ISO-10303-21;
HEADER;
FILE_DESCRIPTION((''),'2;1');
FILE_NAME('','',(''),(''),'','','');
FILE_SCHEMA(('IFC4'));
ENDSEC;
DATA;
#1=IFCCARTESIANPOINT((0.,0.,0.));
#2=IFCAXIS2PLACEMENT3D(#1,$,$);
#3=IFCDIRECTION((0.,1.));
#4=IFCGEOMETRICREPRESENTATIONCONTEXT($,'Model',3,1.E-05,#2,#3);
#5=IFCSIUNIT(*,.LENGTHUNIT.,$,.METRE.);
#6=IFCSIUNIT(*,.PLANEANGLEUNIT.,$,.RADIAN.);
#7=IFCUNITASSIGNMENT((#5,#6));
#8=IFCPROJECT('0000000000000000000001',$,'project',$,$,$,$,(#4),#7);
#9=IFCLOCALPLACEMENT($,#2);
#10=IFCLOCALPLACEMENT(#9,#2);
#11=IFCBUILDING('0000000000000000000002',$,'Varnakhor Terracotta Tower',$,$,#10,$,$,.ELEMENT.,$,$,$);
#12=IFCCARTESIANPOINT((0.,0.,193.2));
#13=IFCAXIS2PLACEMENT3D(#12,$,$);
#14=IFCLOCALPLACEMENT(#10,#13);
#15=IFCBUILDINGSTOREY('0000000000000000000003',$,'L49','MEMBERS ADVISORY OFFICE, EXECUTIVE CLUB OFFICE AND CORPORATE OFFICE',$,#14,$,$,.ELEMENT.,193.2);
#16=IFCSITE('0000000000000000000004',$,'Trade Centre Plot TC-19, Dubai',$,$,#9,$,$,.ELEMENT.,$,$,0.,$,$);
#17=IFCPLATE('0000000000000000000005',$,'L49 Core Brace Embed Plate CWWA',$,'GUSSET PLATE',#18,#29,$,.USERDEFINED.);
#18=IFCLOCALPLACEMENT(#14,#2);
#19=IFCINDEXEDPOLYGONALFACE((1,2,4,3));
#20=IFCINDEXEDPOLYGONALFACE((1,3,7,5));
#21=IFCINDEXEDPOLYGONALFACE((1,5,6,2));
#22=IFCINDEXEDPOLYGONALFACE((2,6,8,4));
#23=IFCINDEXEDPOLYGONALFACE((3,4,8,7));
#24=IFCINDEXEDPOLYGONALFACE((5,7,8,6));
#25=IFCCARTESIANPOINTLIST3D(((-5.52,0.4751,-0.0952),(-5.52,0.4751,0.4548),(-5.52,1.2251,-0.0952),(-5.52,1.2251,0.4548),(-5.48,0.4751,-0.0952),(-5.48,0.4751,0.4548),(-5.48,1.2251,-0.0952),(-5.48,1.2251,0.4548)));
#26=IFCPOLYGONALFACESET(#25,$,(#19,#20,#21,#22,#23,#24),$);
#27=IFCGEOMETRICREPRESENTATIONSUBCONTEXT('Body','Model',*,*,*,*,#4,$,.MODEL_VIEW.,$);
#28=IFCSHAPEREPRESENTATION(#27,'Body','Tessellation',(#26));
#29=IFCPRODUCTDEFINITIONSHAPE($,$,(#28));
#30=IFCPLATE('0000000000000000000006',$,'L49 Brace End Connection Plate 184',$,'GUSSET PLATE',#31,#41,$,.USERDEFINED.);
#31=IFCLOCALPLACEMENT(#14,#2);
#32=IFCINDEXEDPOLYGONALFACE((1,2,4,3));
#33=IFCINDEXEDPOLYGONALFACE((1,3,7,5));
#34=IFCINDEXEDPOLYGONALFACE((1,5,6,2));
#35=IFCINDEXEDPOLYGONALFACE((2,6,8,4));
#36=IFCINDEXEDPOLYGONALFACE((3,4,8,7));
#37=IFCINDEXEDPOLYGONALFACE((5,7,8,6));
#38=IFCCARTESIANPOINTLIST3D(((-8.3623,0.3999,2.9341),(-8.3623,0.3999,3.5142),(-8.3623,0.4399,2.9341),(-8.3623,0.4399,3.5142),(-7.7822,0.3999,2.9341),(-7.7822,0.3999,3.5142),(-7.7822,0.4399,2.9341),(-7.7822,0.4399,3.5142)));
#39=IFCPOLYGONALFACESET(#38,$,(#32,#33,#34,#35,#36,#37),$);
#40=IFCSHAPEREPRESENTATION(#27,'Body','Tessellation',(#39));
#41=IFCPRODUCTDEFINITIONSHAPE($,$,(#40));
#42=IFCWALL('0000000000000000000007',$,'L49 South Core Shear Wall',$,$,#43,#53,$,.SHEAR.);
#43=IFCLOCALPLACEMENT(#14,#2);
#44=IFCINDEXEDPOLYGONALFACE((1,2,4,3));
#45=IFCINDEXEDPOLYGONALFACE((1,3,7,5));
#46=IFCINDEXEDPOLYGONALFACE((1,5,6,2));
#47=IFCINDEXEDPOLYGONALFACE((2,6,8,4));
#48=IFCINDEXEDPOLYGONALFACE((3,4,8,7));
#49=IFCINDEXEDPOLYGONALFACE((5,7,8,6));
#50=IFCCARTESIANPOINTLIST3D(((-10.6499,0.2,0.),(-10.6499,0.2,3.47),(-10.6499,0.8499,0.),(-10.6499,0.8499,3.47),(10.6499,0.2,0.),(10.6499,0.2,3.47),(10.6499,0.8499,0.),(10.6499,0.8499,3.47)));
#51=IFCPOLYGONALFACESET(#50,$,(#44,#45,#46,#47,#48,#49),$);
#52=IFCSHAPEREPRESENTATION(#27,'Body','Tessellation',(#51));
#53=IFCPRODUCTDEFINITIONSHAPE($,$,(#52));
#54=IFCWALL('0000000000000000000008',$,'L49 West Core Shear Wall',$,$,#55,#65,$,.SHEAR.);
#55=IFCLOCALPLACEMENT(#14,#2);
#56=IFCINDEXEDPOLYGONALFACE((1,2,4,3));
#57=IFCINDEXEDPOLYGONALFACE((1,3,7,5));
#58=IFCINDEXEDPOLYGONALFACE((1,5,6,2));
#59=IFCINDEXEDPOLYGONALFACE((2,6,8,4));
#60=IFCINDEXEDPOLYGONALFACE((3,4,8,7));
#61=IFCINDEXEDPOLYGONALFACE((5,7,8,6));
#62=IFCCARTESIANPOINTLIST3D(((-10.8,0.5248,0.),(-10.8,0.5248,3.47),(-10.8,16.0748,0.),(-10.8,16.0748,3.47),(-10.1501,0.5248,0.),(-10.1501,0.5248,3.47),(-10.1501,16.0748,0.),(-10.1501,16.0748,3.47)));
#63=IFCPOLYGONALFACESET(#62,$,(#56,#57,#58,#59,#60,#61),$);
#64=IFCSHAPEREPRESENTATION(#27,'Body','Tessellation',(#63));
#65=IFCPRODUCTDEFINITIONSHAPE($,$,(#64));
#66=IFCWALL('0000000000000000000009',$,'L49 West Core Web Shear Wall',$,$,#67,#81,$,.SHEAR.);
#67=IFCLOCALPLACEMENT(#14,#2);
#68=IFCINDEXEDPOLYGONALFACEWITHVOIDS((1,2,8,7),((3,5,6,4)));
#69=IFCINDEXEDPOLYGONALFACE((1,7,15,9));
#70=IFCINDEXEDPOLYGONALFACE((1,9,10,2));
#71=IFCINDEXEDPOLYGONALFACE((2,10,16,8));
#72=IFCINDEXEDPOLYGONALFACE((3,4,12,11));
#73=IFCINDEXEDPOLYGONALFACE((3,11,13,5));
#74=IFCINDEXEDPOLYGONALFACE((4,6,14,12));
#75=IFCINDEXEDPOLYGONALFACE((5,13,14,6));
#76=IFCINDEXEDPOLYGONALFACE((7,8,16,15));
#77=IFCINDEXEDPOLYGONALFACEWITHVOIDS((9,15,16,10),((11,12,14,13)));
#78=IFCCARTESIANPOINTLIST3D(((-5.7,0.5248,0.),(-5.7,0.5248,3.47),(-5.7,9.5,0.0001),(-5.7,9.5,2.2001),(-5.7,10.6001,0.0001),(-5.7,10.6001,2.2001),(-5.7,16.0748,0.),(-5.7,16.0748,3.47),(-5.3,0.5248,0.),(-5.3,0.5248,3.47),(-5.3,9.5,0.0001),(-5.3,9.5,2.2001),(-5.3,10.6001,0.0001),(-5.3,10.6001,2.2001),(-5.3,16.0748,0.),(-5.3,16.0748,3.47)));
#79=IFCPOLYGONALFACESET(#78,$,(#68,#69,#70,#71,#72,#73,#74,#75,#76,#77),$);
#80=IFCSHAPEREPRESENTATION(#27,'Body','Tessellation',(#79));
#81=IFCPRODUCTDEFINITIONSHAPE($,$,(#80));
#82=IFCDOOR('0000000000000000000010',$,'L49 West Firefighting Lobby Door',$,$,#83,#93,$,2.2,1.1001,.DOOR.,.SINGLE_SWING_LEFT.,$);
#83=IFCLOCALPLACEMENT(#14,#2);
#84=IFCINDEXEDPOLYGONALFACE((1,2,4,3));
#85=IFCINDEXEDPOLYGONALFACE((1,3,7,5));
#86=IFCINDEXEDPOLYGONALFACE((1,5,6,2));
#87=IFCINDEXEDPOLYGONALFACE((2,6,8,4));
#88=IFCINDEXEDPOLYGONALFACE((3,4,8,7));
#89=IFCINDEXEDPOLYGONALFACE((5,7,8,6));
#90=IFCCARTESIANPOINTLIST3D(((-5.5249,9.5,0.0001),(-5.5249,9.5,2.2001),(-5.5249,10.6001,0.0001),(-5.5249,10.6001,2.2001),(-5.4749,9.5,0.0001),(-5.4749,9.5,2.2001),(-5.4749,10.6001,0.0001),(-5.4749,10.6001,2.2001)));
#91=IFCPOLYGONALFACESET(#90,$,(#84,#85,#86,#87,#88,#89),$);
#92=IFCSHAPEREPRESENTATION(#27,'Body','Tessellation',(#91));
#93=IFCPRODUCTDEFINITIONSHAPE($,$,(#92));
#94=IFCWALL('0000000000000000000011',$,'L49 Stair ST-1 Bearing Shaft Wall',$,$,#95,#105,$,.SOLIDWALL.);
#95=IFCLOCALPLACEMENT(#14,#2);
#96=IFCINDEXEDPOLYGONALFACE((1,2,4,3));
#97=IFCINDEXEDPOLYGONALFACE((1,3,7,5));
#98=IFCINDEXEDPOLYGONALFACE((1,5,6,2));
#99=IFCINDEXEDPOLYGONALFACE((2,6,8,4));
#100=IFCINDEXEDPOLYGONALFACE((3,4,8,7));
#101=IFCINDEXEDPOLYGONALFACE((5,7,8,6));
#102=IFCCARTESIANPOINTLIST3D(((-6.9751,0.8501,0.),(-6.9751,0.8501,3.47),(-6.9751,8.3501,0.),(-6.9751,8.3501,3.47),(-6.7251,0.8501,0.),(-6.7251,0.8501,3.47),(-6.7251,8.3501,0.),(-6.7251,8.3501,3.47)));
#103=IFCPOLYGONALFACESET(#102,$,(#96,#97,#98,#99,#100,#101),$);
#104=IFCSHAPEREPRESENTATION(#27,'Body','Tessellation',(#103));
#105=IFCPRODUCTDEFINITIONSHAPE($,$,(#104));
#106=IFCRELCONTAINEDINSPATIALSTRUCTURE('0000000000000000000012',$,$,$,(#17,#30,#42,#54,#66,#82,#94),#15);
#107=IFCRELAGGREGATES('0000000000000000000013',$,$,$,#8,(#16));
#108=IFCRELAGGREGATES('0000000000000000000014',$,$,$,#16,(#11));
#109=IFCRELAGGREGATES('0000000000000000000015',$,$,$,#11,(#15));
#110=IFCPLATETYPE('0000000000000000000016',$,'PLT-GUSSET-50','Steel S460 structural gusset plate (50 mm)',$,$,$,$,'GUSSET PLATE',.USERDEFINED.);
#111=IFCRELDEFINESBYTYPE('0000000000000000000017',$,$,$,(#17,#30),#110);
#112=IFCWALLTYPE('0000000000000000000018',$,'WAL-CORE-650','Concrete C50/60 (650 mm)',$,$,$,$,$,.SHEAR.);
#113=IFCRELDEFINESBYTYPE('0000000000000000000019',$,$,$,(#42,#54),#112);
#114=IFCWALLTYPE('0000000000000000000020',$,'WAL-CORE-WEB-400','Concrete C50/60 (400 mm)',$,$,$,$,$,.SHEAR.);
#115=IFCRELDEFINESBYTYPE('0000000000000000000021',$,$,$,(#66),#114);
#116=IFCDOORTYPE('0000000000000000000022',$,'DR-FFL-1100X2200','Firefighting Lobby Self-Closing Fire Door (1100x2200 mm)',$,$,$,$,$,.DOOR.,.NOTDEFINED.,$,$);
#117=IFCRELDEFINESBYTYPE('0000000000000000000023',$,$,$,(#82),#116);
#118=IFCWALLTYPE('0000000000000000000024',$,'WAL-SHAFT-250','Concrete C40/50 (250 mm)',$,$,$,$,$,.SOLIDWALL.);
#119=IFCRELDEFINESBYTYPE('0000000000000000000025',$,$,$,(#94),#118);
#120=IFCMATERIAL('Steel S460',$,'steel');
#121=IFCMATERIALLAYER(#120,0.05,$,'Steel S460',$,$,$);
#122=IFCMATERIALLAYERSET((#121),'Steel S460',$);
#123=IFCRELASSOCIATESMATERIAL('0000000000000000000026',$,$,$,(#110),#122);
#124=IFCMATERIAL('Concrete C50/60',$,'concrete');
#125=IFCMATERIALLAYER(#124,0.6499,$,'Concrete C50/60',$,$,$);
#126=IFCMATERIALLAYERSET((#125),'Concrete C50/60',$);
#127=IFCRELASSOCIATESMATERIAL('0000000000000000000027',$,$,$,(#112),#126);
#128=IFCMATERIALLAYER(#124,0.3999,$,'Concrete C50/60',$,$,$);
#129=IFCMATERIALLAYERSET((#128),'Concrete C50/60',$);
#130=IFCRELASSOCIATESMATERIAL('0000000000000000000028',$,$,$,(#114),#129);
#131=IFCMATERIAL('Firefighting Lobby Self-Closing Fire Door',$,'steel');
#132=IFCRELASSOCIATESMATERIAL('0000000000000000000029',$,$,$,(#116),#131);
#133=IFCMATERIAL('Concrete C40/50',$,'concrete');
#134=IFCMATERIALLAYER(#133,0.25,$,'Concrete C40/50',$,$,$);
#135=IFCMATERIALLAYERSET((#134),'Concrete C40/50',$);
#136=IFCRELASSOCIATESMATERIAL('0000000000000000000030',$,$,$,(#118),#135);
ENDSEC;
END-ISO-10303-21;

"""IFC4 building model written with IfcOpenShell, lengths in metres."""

from ifc_helpers import new_model, si_unit, direction, frame, frame_2d, origin, origin_2d, place, context, subcontext, project, spatial, rectangle, extrude, source, transform, mapped, material, layer, layer_set, type_object, type_shapes, element, fill, save


model = new_model("IFC4")

# Units and contexts
model_context = context("Model", 3, precision=1e-05, world=origin(), true_north=direction((0.0, 1.0)))
body_context = subcontext(model_context, "Body", "Model", "MODEL_VIEW")
ifc_project = project(units=[si_unit("LENGTHUNIT", "METRE"), si_unit("PLANEANGLEUNIT", "RADIAN")], contexts=[model_context])

# Site, building, storey
site_placement = place(None, origin())
site = spatial("IfcSite", under=ifc_project, at=site_placement, Name="Trade Centre Plot TC-19, Dubai", CompositionType="ELEMENT", RefElevation=0.0)
building_placement = place(site_placement, origin())
building = spatial("IfcBuilding", under=site, at=building_placement, Name="Varnakhor Terracotta Tower", CompositionType="ELEMENT")
storey_placement = place(building_placement, frame((0.0, 0.0, 193.2)))
storey = spatial("IfcBuildingStorey", under=building, at=storey_placement, Name="L49", Description="MEMBERS ADVISORY OFFICE, EXECUTIVE CLUB OFFICE AND CORPORATE OFFICE", CompositionType="ELEMENT", Elevation=193.2)

# Shared definitions
ifc_material_1 = material(Name="Concrete C50/60", Category="concrete")

# Shared definitions
ifc_material_2 = material(Name="Steel S460", Category="steel")

# Plates
ifc_layer_1 = layer(ifc_material_2, 0.05, Name="Steel S460")
ifc_layer_set_1 = layer_set([ifc_layer_1], Name="Steel S460")
plate_type = type_object("IfcPlateType", Name="PLT-GUSSET-50", Description="Steel S460 structural gusset plate (50 mm)", ElementType="GUSSET PLATE", PredefinedType="USERDEFINED", material=ifc_layer_set_1)
shared_shape_1 = source(origin(), body_context, "Body", "SweptSolid", [
    extrude(rectangle(XDim=0.75, YDim=0.04, at=origin_2d()), origin(), (0.0, 0.0, 1.0), 0.55),
])
type_shapes(plate_type, [shared_shape_1])
for number, where, z_axis, x_axis, name in (
    (1, (-5.5, 0.8501, -0.0952), (0.0, 0.0, 1.0), (0.0, 1.0, 0.0), "L49 Core Brace Embed Plate CWWA"),
):
    element("IfcPlate", number, at=place(storey_placement, frame(where, z_axis=z_axis, x_axis=x_axis)), inside=storey, type_object=plate_type, Name=name, ObjectType="GUSSET PLATE", PredefinedType="USERDEFINED", context=body_context, shape_type="MappedRepresentation", body=[
        mapped(shared_shape_1, transform((0.0, 0.0, 0.0), scale=1.0)),
    ])
shared_shape_2 = source(origin(), body_context, "Body", "SweptSolid", [
    extrude(rectangle(XDim=0.5801, YDim=0.04, at=origin_2d()), origin(), (0.0, 0.0, 1.0), 0.5801),
])
plate_placement = place(storey_placement, frame((-8.0723, 0.4199, 2.9341), z_axis=(0.0, 0.0, 1.0), x_axis=(1.0, 0.0, 0.0)))
element("IfcPlate", 2, at=plate_placement, inside=storey, type_object=plate_type, Name="L49 Brace End Connection Plate 184", ObjectType="GUSSET PLATE", PredefinedType="USERDEFINED", context=body_context, shape_type="MappedRepresentation", body=[
    mapped(shared_shape_2, transform((0.0, 0.0, 0.0), scale=1.0)),
])

# Walls
ifc_layer_2 = layer(ifc_material_1, 0.6499, Name="Concrete C50/60")
ifc_layer_set_2 = layer_set([ifc_layer_2], Name="Concrete C50/60")
wall_type_1 = type_object("IfcWallType", Name="WAL-CORE-650", Description="Concrete C50/60 (650 mm)", PredefinedType="SHEAR", material=ifc_layer_set_2)
wall_1_placement = place(storey_placement, frame((-10.6499, 0.5249, 0.0), z_axis=(0.0, 0.0, 1.0), x_axis=(1.0, 0.0, 0.0)))
element("IfcWall", 3, at=wall_1_placement, inside=storey, type_object=wall_type_1, Name="L49 South Core Shear Wall", PredefinedType="SHEAR", context=body_context, shape_type="SweptSolid", body=[
    extrude(rectangle(XDim=21.2998, YDim=0.6499, at=frame_2d((10.6499, 0.0))), origin(), (0.0, 0.0, 1.0), 3.47),
])
wall_2_placement = place(storey_placement, frame((-10.4751, 0.5249, 0.0), z_axis=(0.0, 0.0, 1.0), x_axis=(0.0, 1.0, 0.0)))
element("IfcWall", 4, at=wall_2_placement, inside=storey, type_object=wall_type_1, Name="L49 West Core Shear Wall", PredefinedType="SHEAR", context=body_context, shape_type="SweptSolid", body=[
    extrude(rectangle(XDim=15.55, YDim=0.6499, at=frame_2d((7.7749, 0.0))), origin(), (0.0, 0.0, 1.0), 3.47),
])

# Wall, opening, door
ifc_layer_3 = layer(ifc_material_1, 0.3999, Name="Concrete C50/60")
ifc_layer_set_3 = layer_set([ifc_layer_3], Name="Concrete C50/60")
wall_type_2 = type_object("IfcWallType", Name="WAL-CORE-WEB-400", Description="Concrete C50/60 (400 mm)", PredefinedType="SHEAR", material=ifc_layer_set_3)
wall_3_placement = place(storey_placement, frame((-5.5, 0.5249, 0.0), z_axis=(0.0, 0.0, 1.0), x_axis=(0.0, 1.0, 0.0)))
wall_3 = element("IfcWall", 5, at=wall_3_placement, inside=storey, type_object=wall_type_2, Name="L49 West Core Web Shear Wall", PredefinedType="SHEAR", context=body_context, shape_type="SweptSolid", body=[
    extrude(rectangle(XDim=15.55, YDim=0.3999, at=frame_2d((7.7749, 0.0))), origin(), (0.0, 0.0, 1.0), 3.47),
])
opening_placement = place(wall_3_placement, frame((8.9751, 0.0, 0.0)))
opening = element("IfcOpeningElement", 6, at=opening_placement, cuts=wall_3, PredefinedType="OPENING", context=body_context, shape_type="SweptSolid", body=[
    extrude(rectangle(XDim=1.1001, YDim=2.2, at=frame_2d((0.55, 1.1001))), frame((0.0, 0.21, 0.0), z_axis=(0.0, -1.0, 0.0), x_axis=(1.0, 0.0, 0.0)), (0.0, 0.0, 1.0), 0.4199),
])
ifc_material_3 = material(Name="Firefighting Lobby Self-Closing Fire Door", Category="steel")
door_type = type_object("IfcDoorType", Name="DR-FFL-1100X2200", Description="Firefighting Lobby Self-Closing Fire Door (1100x2200 mm)", OperationType="NOTDEFINED", PredefinedType="DOOR", material=ifc_material_3)
shared_shape_3 = source(origin(), body_context, "Body", "SweptSolid", [
    extrude(rectangle(XDim=1.1001, YDim=2.2, at=frame_2d((0.55, 1.1001))), frame((0.0, 0.0249, 0.0), z_axis=(0.0, -1.0, 0.0), x_axis=(1.0, 0.0, 0.0)), (0.0, 0.0, 1.0), 0.05),
])
type_shapes(door_type, [shared_shape_3])
door_placement = place(opening_placement, origin())
door = element("IfcDoor", 7, at=door_placement, inside=storey, type_object=door_type, Name="L49 West Firefighting Lobby Door", OperationType="SINGLE_SWING_LEFT", OverallHeight=2.2, OverallWidth=1.1001, PredefinedType="DOOR", context=body_context, shape_type="MappedRepresentation", body=[
    mapped(shared_shape_3, transform((0.0, 0.0, 0.0), scale=1.0)),
])
fill(opening, door)

# Wall
ifc_material_4 = material(Name="Concrete C40/50", Category="concrete")
ifc_layer_4 = layer(ifc_material_4, 0.25, Name="Concrete C40/50")
ifc_layer_set_4 = layer_set([ifc_layer_4], Name="Concrete C40/50")
wall_type_3 = type_object("IfcWallType", Name="WAL-SHAFT-250", Description="Concrete C40/50 (250 mm)", PredefinedType="SOLIDWALL", material=ifc_layer_set_4)
wall_4_placement = place(storey_placement, frame((-6.8501, 0.8501, 0.0), z_axis=(0.0, 0.0, 1.0), x_axis=(0.0, 1.0, 0.0)))
element("IfcWall", 8, at=wall_4_placement, inside=storey, type_object=wall_type_3, Name="L49 Stair ST-1 Bearing Shaft Wall", PredefinedType="SOLIDWALL", context=body_context, shape_type="SweptSolid", body=[
    extrude(rectangle(XDim=7.5, YDim=0.25, at=frame_2d((3.75, 0.0))), origin(), (0.0, 0.0, 1.0), 3.47),
])

save(model, "model.ifc")
